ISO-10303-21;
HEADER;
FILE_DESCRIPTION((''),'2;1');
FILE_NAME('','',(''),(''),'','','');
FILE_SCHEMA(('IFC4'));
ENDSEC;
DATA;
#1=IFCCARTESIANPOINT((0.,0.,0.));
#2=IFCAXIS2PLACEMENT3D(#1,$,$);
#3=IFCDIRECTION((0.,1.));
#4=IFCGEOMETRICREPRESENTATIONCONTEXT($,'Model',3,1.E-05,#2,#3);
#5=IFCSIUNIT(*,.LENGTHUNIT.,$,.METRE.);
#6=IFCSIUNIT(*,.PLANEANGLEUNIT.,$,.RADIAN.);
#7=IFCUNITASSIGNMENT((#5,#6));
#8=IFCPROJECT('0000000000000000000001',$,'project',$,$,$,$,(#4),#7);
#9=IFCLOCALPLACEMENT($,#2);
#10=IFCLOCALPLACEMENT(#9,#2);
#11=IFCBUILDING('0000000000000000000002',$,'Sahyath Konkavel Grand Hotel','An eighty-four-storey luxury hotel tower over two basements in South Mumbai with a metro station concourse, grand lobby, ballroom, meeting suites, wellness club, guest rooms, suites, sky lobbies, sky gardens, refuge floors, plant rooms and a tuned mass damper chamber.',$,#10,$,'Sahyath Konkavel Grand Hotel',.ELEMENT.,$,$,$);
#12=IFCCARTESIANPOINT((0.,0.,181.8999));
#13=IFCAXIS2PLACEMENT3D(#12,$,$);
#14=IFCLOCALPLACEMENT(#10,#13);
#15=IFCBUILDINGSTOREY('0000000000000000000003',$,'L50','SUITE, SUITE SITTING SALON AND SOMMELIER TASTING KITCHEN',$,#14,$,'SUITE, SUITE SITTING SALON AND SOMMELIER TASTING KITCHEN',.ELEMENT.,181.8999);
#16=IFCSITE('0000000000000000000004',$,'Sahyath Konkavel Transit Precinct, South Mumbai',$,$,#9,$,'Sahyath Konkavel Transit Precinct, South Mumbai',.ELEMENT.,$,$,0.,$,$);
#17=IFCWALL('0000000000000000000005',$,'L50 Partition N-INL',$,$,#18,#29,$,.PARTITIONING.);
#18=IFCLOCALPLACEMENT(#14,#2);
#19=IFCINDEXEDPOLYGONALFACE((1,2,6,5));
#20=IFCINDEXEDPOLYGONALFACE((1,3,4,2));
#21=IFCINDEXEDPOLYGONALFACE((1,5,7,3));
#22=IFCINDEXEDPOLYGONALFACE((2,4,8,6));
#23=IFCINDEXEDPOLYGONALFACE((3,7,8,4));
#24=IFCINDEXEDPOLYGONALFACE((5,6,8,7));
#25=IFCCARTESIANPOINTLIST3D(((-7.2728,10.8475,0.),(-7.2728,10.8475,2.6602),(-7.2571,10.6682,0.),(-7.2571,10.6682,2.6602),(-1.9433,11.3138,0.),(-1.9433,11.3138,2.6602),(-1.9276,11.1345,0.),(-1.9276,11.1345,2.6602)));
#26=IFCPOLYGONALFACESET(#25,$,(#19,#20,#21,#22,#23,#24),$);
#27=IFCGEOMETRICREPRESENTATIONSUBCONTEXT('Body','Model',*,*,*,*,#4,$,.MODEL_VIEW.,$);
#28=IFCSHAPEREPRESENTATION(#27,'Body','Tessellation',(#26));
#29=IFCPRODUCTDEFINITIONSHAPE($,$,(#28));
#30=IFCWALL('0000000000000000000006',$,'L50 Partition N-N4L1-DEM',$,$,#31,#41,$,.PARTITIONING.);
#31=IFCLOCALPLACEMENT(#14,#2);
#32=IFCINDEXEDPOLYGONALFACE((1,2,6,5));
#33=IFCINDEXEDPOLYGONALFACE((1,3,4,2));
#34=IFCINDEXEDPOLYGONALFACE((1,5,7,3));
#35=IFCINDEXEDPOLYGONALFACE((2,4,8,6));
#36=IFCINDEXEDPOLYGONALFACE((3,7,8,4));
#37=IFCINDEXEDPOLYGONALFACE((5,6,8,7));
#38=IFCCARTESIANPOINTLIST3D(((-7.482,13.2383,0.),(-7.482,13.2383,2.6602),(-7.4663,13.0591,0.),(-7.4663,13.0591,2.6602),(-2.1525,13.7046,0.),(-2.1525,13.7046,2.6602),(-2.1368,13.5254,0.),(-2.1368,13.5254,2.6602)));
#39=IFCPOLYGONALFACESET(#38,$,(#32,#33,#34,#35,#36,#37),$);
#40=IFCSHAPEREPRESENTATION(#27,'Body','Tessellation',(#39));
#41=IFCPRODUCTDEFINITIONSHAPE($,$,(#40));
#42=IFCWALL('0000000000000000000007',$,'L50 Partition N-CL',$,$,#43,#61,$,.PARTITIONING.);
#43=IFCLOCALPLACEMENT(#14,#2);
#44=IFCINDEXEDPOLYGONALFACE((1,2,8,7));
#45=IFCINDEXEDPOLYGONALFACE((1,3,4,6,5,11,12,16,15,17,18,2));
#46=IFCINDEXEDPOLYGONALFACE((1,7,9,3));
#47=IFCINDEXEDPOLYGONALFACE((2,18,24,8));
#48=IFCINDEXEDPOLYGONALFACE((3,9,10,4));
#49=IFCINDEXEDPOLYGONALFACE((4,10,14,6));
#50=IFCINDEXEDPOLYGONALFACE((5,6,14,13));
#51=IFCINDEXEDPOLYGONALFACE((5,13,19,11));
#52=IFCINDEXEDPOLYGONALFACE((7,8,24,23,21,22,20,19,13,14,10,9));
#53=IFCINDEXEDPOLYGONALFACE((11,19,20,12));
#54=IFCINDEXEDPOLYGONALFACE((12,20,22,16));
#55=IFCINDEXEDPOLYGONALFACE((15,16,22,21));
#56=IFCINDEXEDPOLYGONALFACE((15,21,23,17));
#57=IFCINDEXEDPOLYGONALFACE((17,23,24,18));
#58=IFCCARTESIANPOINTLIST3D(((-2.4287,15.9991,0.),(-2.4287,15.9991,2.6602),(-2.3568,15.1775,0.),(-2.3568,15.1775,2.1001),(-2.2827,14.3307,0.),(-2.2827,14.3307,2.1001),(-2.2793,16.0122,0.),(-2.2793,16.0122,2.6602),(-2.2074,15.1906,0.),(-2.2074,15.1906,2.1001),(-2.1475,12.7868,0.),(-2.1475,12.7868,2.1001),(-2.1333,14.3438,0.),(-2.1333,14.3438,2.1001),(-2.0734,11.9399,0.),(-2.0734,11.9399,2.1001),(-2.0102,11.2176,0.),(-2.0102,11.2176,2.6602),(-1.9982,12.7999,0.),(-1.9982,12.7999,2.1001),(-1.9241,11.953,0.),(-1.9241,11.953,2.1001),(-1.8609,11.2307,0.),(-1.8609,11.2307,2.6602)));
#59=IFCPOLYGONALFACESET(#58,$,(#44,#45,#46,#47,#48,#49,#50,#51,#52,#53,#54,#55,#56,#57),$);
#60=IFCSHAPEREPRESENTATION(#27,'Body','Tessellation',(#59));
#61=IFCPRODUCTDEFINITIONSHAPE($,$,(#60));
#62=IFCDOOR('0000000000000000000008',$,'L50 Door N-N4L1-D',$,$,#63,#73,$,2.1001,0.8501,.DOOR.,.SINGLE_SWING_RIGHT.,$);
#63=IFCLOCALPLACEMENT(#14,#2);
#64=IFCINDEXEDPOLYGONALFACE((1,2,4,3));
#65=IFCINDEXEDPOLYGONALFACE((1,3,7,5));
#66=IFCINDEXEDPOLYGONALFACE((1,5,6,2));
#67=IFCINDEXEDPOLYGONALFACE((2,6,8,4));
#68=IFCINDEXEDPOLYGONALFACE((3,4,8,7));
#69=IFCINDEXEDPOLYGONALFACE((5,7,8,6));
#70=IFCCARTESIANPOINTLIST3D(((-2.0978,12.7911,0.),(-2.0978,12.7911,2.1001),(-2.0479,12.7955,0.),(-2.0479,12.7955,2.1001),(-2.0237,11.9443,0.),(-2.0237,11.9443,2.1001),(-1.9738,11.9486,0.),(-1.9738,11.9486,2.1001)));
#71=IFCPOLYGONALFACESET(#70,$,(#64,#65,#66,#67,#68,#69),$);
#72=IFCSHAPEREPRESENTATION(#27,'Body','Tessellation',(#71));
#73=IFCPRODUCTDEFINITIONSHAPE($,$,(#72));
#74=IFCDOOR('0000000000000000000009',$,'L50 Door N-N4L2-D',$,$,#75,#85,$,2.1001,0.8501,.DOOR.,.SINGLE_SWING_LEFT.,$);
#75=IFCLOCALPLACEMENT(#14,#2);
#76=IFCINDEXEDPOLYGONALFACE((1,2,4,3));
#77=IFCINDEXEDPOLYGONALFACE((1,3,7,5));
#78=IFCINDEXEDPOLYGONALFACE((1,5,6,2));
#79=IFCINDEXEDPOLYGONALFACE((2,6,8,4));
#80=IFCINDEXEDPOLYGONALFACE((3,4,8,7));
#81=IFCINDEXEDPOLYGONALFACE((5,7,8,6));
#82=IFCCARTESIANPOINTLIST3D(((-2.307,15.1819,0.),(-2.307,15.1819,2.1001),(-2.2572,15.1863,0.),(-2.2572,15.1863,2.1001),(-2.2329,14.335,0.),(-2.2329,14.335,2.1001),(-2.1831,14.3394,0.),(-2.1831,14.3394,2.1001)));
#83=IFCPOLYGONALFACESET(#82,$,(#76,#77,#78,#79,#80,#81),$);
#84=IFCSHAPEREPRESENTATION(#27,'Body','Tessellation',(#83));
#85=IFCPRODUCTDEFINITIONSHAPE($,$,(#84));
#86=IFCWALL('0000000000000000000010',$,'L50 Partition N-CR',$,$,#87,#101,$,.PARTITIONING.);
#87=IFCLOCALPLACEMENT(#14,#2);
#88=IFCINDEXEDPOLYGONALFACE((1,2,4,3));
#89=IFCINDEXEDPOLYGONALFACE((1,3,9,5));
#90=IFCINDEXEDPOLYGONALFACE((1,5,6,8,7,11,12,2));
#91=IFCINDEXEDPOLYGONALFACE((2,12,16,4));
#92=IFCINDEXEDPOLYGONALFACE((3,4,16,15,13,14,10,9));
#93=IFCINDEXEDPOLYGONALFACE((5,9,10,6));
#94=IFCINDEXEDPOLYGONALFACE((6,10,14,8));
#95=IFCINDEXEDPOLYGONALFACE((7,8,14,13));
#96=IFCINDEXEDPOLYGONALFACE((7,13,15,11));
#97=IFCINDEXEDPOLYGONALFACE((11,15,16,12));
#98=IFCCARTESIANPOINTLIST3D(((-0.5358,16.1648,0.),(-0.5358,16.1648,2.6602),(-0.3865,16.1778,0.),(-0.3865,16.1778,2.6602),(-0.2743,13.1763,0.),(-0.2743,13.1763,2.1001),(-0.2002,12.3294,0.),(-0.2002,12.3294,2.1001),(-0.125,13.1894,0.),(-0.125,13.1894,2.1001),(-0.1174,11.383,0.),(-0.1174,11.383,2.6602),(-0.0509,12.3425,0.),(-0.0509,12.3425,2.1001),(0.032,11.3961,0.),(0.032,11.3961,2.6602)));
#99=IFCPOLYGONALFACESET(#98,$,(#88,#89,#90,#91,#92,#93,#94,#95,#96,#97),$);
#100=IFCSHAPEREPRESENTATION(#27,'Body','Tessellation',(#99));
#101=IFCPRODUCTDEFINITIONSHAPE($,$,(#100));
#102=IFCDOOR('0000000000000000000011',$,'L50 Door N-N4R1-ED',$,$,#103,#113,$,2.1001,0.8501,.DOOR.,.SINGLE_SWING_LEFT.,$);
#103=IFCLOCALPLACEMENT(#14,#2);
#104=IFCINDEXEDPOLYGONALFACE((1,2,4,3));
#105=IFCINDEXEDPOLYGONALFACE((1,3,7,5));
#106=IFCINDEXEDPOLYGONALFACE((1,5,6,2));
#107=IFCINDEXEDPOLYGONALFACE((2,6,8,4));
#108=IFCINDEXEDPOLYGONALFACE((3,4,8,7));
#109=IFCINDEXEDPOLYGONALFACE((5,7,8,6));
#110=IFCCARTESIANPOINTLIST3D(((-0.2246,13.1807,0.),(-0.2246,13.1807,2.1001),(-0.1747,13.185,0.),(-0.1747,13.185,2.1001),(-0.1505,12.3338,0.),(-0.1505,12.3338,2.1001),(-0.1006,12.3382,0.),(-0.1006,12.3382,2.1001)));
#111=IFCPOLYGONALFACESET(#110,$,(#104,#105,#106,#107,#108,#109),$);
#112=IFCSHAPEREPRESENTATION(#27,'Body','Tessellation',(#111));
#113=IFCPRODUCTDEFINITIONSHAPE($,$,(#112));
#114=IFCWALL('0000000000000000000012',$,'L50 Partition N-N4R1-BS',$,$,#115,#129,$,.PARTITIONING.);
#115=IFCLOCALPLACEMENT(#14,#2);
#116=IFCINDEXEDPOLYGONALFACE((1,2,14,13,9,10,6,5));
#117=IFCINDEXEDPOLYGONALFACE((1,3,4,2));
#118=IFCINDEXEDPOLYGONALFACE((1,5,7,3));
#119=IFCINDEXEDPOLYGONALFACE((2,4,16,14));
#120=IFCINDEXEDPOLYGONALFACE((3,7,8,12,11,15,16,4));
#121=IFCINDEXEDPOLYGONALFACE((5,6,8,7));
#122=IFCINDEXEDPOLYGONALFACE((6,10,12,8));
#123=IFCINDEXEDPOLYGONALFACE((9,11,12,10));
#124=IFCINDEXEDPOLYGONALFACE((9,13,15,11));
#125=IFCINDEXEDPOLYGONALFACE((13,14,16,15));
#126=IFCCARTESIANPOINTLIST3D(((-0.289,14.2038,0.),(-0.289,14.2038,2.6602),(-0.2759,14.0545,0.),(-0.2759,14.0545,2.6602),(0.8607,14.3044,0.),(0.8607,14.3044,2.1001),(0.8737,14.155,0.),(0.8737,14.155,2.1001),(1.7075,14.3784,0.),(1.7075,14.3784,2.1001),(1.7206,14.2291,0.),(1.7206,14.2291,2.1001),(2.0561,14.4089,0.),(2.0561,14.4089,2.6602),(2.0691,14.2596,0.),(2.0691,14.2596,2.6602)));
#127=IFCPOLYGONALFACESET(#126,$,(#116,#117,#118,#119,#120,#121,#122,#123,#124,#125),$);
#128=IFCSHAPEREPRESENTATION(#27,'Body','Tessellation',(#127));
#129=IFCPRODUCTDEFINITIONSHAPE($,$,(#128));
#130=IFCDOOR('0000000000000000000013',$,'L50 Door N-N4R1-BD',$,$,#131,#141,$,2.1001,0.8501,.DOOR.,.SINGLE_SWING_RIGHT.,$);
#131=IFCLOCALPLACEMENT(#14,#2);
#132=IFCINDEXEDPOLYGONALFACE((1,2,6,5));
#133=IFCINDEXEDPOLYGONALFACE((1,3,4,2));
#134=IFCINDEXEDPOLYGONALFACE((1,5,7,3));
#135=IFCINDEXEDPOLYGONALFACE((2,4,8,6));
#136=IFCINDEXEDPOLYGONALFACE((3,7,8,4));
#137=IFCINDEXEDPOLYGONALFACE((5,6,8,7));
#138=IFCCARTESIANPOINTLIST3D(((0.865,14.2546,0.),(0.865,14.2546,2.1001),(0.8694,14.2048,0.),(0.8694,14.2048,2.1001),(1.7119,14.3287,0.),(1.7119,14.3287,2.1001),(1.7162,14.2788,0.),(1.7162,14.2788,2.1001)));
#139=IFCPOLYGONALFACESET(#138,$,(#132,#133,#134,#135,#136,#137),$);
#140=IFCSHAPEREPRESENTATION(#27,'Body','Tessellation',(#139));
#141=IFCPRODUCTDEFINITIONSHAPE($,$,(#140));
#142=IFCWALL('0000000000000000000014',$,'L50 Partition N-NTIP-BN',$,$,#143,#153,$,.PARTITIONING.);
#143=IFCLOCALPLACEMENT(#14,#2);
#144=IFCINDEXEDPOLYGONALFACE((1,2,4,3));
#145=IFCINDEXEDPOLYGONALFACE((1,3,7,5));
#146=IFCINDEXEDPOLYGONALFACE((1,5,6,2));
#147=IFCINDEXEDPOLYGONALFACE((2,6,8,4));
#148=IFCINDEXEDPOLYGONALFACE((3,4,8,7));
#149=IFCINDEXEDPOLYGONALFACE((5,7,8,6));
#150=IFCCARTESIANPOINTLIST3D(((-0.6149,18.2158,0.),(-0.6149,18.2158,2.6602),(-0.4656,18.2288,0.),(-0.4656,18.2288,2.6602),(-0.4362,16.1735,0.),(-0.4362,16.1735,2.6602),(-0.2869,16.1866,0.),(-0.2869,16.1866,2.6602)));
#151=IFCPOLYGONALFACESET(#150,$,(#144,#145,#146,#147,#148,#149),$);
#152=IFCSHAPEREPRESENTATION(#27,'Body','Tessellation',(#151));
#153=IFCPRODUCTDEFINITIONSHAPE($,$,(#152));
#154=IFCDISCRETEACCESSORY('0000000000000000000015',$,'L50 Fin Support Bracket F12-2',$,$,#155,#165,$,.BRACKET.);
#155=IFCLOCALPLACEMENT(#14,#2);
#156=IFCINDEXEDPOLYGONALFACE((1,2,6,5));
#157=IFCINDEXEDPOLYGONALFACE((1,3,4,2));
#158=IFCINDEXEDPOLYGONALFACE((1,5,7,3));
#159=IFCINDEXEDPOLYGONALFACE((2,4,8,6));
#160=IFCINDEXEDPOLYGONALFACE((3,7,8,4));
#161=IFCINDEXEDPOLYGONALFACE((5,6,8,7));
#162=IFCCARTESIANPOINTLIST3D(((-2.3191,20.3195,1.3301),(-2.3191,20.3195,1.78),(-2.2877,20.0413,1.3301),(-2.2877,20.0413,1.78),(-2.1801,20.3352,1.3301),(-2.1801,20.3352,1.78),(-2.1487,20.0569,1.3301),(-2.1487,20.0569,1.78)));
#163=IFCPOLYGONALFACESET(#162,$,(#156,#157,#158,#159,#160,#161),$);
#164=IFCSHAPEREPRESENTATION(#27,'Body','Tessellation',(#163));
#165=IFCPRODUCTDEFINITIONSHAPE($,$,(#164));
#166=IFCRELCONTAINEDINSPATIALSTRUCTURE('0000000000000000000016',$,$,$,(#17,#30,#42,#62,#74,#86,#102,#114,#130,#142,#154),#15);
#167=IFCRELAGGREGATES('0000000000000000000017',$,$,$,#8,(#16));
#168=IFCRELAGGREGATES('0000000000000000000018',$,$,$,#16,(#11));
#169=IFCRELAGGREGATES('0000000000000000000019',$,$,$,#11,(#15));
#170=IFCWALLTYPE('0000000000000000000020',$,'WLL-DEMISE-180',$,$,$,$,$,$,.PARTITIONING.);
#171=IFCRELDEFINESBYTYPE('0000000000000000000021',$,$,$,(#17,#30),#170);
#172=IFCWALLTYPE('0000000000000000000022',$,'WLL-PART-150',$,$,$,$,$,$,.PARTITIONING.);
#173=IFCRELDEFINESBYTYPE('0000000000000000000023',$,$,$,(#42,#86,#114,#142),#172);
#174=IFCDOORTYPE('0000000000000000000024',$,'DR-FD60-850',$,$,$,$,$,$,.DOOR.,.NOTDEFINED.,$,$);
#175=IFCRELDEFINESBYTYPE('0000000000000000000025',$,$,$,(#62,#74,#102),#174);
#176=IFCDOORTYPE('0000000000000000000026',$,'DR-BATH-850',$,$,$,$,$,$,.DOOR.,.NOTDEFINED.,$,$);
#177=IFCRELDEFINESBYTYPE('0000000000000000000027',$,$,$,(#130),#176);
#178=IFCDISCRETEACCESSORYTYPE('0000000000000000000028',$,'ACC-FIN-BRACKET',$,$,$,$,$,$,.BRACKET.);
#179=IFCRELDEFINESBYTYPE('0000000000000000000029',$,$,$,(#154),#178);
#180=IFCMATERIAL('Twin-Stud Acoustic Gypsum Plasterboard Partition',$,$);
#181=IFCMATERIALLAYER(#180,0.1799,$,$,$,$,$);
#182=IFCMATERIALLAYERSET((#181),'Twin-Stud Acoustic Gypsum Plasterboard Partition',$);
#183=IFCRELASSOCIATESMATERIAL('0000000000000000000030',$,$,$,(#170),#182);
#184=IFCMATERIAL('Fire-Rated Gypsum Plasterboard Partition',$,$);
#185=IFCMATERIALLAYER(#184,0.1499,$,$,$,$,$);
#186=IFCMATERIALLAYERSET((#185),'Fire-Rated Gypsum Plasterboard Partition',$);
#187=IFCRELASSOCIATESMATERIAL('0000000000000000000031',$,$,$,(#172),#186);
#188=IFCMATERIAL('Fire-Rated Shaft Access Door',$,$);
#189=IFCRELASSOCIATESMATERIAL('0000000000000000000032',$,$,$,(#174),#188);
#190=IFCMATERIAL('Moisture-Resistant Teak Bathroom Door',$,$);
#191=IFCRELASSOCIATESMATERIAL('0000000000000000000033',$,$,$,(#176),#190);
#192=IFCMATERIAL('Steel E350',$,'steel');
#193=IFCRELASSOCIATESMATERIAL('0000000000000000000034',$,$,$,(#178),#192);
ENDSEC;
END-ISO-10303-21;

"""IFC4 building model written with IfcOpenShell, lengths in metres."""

from ifc_helpers import new_model, si_unit, direction, frame, frame_2d, origin, origin_2d, place, context, subcontext, project, spatial, rectangle, extrude, source, transform, mapped, material, layer, layer_set, type_object, element, fill, save


model = new_model("IFC4")

# Units and contexts
model_context = context("Model", 3, precision=1e-05, world=origin(), true_north=direction((0.0, 1.0)))
body_context = subcontext(model_context, "Body", "Model", "MODEL_VIEW")
ifc_project = project(units=[si_unit("LENGTHUNIT", "METRE"), si_unit("PLANEANGLEUNIT", "RADIAN")], contexts=[model_context])

# Site, building, storey
site_placement = place(None, origin())
site = spatial("IfcSite", under=ifc_project, at=site_placement, Name="Sahyath Konkavel Transit Precinct, South Mumbai", LongName="Sahyath Konkavel Transit Precinct, South Mumbai", CompositionType="ELEMENT", RefElevation=0.0)
building_placement = place(site_placement, origin())
building = spatial("IfcBuilding", under=site, at=building_placement, Name="Sahyath Konkavel Grand Hotel", Description="An eighty-four-storey luxury hotel tower over two basements in South Mumbai with a metro station concourse, grand lobby, ballroom, meeting suites, wellness club, guest rooms, suites, sky lobbies, sky gardens, refuge floors, plant rooms and a tuned mass damper chamber.", LongName="Sahyath Konkavel Grand Hotel", CompositionType="ELEMENT")
storey_placement = place(building_placement, frame((0.0, 0.0, 181.8999)))
storey = spatial("IfcBuildingStorey", under=building, at=storey_placement, Name="L50", Description="SUITE, SUITE SITTING SALON AND SOMMELIER TASTING KITCHEN", LongName="SUITE, SUITE SITTING SALON AND SOMMELIER TASTING KITCHEN", CompositionType="ELEMENT", Elevation=181.8999)

# Shared definitions
ifc_material_1 = material(Name="Steel E350", Category="steel")

# Walls
ifc_material_2 = material(Name="Twin-Stud Acoustic Gypsum Plasterboard Partition")
ifc_layer_1 = layer(ifc_material_2, 0.1799)
ifc_layer_set_1 = layer_set([ifc_layer_1], Name="Twin-Stud Acoustic Gypsum Plasterboard Partition")
wall_type_1 = type_object("IfcWallType", Name="WLL-DEMISE-180", PredefinedType="PARTITIONING", material=ifc_layer_set_1)
for number, where, z_axis, x_axis, name in (
    (1, (-1.9355, 11.2241, 0.0), (0.0, 0.0, 1.0), (-0.996194, -0.087161, 0.0), "L50 Partition N-INL"),
    (2, (-2.1448, 13.615, 0.0), (0.0, 0.0, 1.0), (-0.996194, -0.087161, 0.0), "L50 Partition N-N4L1-DEM"),
):
    element("IfcWall", number, at=place(storey_placement, frame(where, z_axis=z_axis, x_axis=x_axis)), inside=storey, type_object=wall_type_1, Name=name, PredefinedType="PARTITIONING", context=body_context, shape_type="SweptSolid", body=[
        extrude(rectangle(XDim=5.3499, YDim=0.1799, at=frame_2d((2.6748, 0.0))), origin(), (0.0, 0.0, 1.0), 2.6602),
    ])

# Wall, openings, doors
ifc_material_3 = material(Name="Fire-Rated Gypsum Plasterboard Partition")
ifc_layer_2 = layer(ifc_material_3, 0.1499)
ifc_layer_set_2 = layer_set([ifc_layer_2], Name="Fire-Rated Gypsum Plasterboard Partition")
wall_type_2 = type_object("IfcWallType", Name="WLL-PART-150", PredefinedType="PARTITIONING", material=ifc_layer_set_2)
wall_1_placement = place(storey_placement, frame((-1.9355, 11.2241, 0.0), z_axis=(0.0, 0.0, 1.0), x_axis=(-0.087183, 0.996192, 0.0)))
wall_1 = element("IfcWall", 3, at=wall_1_placement, inside=storey, type_object=wall_type_2, Name="L50 Partition N-CL", PredefinedType="PARTITIONING", context=body_context, shape_type="SweptSolid", body=[
    extrude(rectangle(XDim=4.7998, YDim=0.1499, at=frame_2d((2.3999, 0.0))), origin(), (0.0, 0.0, 1.0), 2.6602),
])
opening_1_placement = place(wall_1_placement, frame((0.7251, 0.0, 0.0)))
opening_1 = element("IfcOpeningElement", 4, at=opening_1_placement, cuts=wall_1, PredefinedType="OPENING", context=body_context, shape_type="SweptSolid", body=[
    extrude(rectangle(XDim=0.8501, YDim=2.1001, at=frame_2d((0.425, 1.05))), frame((0.0, 0.085, 0.0), z_axis=(0.0, -1.0, 0.0), x_axis=(1.0, 0.0, 0.0)), (0.0, 0.0, 1.0), 0.1699),
])
opening_2_placement = place(wall_1_placement, frame((3.125, 0.0, 0.0)))
opening_2 = element("IfcOpeningElement", 5, at=opening_2_placement, cuts=wall_1, PredefinedType="OPENING", context=body_context, shape_type="SweptSolid", body=[
    extrude(rectangle(XDim=0.8501, YDim=2.1001, at=frame_2d((0.425, 1.05))), frame((0.0, 0.085, 0.0), z_axis=(0.0, -1.0, 0.0), x_axis=(1.0, 0.0, 0.0)), (0.0, 0.0, 1.0), 0.1699),
])
ifc_material_4 = material(Name="Fire-Rated Shaft Access Door")
door_type_1 = type_object("IfcDoorType", Name="DR-FD60-850", OperationType="NOTDEFINED", PredefinedType="DOOR", material=ifc_material_4)
shared_shape_1 = source(origin(), body_context, "Body", "SweptSolid", [
    extrude(rectangle(XDim=0.8501, YDim=0.05, at=origin_2d()), origin(), (0.0, 0.0, 1.0), 2.1001),
])
door_1_placement = place(opening_1_placement, frame((0.425, 0.0, 0.0)))
door_1 = element("IfcDoor", 6, at=door_1_placement, inside=storey, type_object=door_type_1, Name="L50 Door N-N4L1-D", OperationType="SINGLE_SWING_RIGHT", OverallHeight=2.1001, OverallWidth=0.8501, PredefinedType="DOOR", context=body_context, shape_type="MappedRepresentation", body=[
    mapped(shared_shape_1, transform((0.0, 0.0, 0.0), scale=1.0)),
])
fill(opening_1, door_1)
door_2_placement = place(opening_2_placement, frame((0.425, 0.0, 0.0)))
door_2 = element("IfcDoor", 7, at=door_2_placement, inside=storey, type_object=door_type_1, Name="L50 Door N-N4L2-D", OperationType="SINGLE_SWING_LEFT", OverallHeight=2.1001, OverallWidth=0.8501, PredefinedType="DOOR", context=body_context, shape_type="MappedRepresentation", body=[
    mapped(shared_shape_1, transform((0.0, 0.0, 0.0), scale=1.0)),
])
fill(opening_2, door_2)

# Walls, openings, doors
wall_2_placement = place(storey_placement, frame((-0.0427, 11.3896, 0.0), z_axis=(0.0, 0.0, 1.0), x_axis=(-0.087178, 0.996193, 0.0)))
wall_2 = element("IfcWall", 8, at=wall_2_placement, inside=storey, type_object=wall_type_2, Name="L50 Partition N-CR", PredefinedType="PARTITIONING", context=body_context, shape_type="SweptSolid", body=[
    extrude(rectangle(XDim=4.8, YDim=0.1499, at=frame_2d((2.3999, 0.0))), origin(), (0.0, 0.0, 1.0), 2.6602),
])
opening_3_placement = place(wall_2_placement, frame((0.95, 0.0, 0.0)))
opening_3 = element("IfcOpeningElement", 9, at=opening_3_placement, cuts=wall_2, PredefinedType="OPENING", context=body_context, shape_type="SweptSolid", body=[
    extrude(rectangle(XDim=0.8501, YDim=2.1001, at=frame_2d((0.425, 1.05))), frame((0.0, 0.085, 0.0), z_axis=(0.0, -1.0, 0.0), x_axis=(1.0, 0.0, 0.0)), (0.0, 0.0, 1.0), 0.1699),
])
door_3_placement = place(opening_3_placement, frame((0.425, 0.0, 0.0)))
door_3 = element("IfcDoor", 10, at=door_3_placement, inside=storey, type_object=door_type_1, Name="L50 Door N-N4R1-ED", OperationType="SINGLE_SWING_LEFT", OverallHeight=2.1001, OverallWidth=0.8501, PredefinedType="DOOR", context=body_context, shape_type="MappedRepresentation", body=[
    mapped(shared_shape_1, transform((0.0, 0.0, 0.0), scale=1.0)),
])
fill(opening_3, door_3)
wall_3_placement = place(storey_placement, frame((-0.2825, 14.1292, 0.0), z_axis=(0.0, 0.0, 1.0), x_axis=(0.996198, 0.087122, 0.0)))
wall_3 = element("IfcWall", 11, at=wall_3_placement, inside=storey, type_object=wall_type_2, Name="L50 Partition N-N4R1-BS", PredefinedType="PARTITIONING", context=body_context, shape_type="SweptSolid", body=[
    extrude(rectangle(XDim=2.354, YDim=0.1499, at=frame_2d((1.177, 0.0))), origin(), (0.0, 0.0, 1.0), 2.6602),
])
opening_4_placement = place(wall_3_placement, frame((1.1541, 0.0, 0.0)))
opening_4 = element("IfcOpeningElement", 12, at=opening_4_placement, cuts=wall_3, PredefinedType="OPENING", context=body_context, shape_type="SweptSolid", body=[
    extrude(rectangle(XDim=0.8501, YDim=2.1001, at=frame_2d((0.425, 1.05))), frame((0.0, 0.085, 0.0), z_axis=(0.0, -1.0, 0.0), x_axis=(1.0, 0.0, 0.0)), (0.0, 0.0, 1.0), 0.1699),
])
ifc_material_5 = material(Name="Moisture-Resistant Teak Bathroom Door")
door_type_2 = type_object("IfcDoorType", Name="DR-BATH-850", OperationType="NOTDEFINED", PredefinedType="DOOR", material=ifc_material_5)
door_4_placement = place(opening_4_placement, frame((0.425, 0.0, 0.0)))
door_4 = element("IfcDoor", 13, at=door_4_placement, inside=storey, type_object=door_type_2, Name="L50 Door N-N4R1-BD", OperationType="SINGLE_SWING_RIGHT", OverallHeight=2.1001, OverallWidth=0.8501, PredefinedType="DOOR", context=body_context, shape_type="MappedRepresentation", body=[
    mapped(shared_shape_1, transform((0.0, 0.0, 0.0), scale=1.0)),
])
fill(opening_4, door_4)

# Wall
wall_4_placement = place(storey_placement, frame((-0.3616, 16.1802, 0.0), z_axis=(0.0, 0.0, 1.0), x_axis=(-0.087174, 0.996193, 0.0)))
element("IfcWall", 14, at=wall_4_placement, inside=storey, type_object=wall_type_2, Name="L50 Partition N-NTIP-BN", PredefinedType="PARTITIONING", context=body_context, shape_type="SweptSolid", body=[
    extrude(rectangle(XDim=2.05, YDim=0.1499, at=frame_2d((1.0249, 0.0))), origin(), (0.0, 0.0, 1.0), 2.6602),
])

# Discrete accessory
discrete_accessory_type = type_object("IfcDiscreteAccessoryType", Name="ACC-FIN-BRACKET", PredefinedType="BRACKET", material=ifc_material_1)
shared_shape_2 = source(origin(), body_context, "Body", "SweptSolid", [
    extrude(rectangle(XDim=0.28, YDim=0.1399, at=origin_2d()), origin(), (0.0, 0.0, 1.0), 0.45),
])
discrete_accessory_placement = place(storey_placement, frame((-2.2339, 20.1882, 1.3301), z_axis=(0.0, 0.0, 1.0), x_axis=(-0.112007, 0.993707, 0.0)))
element("IfcDiscreteAccessory", 15, at=discrete_accessory_placement, inside=storey, type_object=discrete_accessory_type, Name="L50 Fin Support Bracket F12-2", PredefinedType="BRACKET", context=body_context, shape_type="MappedRepresentation", body=[
    mapped(shared_shape_2, transform((0.0, 0.0, 0.0), scale=1.0)),
])

save(model, "model.ifc")
